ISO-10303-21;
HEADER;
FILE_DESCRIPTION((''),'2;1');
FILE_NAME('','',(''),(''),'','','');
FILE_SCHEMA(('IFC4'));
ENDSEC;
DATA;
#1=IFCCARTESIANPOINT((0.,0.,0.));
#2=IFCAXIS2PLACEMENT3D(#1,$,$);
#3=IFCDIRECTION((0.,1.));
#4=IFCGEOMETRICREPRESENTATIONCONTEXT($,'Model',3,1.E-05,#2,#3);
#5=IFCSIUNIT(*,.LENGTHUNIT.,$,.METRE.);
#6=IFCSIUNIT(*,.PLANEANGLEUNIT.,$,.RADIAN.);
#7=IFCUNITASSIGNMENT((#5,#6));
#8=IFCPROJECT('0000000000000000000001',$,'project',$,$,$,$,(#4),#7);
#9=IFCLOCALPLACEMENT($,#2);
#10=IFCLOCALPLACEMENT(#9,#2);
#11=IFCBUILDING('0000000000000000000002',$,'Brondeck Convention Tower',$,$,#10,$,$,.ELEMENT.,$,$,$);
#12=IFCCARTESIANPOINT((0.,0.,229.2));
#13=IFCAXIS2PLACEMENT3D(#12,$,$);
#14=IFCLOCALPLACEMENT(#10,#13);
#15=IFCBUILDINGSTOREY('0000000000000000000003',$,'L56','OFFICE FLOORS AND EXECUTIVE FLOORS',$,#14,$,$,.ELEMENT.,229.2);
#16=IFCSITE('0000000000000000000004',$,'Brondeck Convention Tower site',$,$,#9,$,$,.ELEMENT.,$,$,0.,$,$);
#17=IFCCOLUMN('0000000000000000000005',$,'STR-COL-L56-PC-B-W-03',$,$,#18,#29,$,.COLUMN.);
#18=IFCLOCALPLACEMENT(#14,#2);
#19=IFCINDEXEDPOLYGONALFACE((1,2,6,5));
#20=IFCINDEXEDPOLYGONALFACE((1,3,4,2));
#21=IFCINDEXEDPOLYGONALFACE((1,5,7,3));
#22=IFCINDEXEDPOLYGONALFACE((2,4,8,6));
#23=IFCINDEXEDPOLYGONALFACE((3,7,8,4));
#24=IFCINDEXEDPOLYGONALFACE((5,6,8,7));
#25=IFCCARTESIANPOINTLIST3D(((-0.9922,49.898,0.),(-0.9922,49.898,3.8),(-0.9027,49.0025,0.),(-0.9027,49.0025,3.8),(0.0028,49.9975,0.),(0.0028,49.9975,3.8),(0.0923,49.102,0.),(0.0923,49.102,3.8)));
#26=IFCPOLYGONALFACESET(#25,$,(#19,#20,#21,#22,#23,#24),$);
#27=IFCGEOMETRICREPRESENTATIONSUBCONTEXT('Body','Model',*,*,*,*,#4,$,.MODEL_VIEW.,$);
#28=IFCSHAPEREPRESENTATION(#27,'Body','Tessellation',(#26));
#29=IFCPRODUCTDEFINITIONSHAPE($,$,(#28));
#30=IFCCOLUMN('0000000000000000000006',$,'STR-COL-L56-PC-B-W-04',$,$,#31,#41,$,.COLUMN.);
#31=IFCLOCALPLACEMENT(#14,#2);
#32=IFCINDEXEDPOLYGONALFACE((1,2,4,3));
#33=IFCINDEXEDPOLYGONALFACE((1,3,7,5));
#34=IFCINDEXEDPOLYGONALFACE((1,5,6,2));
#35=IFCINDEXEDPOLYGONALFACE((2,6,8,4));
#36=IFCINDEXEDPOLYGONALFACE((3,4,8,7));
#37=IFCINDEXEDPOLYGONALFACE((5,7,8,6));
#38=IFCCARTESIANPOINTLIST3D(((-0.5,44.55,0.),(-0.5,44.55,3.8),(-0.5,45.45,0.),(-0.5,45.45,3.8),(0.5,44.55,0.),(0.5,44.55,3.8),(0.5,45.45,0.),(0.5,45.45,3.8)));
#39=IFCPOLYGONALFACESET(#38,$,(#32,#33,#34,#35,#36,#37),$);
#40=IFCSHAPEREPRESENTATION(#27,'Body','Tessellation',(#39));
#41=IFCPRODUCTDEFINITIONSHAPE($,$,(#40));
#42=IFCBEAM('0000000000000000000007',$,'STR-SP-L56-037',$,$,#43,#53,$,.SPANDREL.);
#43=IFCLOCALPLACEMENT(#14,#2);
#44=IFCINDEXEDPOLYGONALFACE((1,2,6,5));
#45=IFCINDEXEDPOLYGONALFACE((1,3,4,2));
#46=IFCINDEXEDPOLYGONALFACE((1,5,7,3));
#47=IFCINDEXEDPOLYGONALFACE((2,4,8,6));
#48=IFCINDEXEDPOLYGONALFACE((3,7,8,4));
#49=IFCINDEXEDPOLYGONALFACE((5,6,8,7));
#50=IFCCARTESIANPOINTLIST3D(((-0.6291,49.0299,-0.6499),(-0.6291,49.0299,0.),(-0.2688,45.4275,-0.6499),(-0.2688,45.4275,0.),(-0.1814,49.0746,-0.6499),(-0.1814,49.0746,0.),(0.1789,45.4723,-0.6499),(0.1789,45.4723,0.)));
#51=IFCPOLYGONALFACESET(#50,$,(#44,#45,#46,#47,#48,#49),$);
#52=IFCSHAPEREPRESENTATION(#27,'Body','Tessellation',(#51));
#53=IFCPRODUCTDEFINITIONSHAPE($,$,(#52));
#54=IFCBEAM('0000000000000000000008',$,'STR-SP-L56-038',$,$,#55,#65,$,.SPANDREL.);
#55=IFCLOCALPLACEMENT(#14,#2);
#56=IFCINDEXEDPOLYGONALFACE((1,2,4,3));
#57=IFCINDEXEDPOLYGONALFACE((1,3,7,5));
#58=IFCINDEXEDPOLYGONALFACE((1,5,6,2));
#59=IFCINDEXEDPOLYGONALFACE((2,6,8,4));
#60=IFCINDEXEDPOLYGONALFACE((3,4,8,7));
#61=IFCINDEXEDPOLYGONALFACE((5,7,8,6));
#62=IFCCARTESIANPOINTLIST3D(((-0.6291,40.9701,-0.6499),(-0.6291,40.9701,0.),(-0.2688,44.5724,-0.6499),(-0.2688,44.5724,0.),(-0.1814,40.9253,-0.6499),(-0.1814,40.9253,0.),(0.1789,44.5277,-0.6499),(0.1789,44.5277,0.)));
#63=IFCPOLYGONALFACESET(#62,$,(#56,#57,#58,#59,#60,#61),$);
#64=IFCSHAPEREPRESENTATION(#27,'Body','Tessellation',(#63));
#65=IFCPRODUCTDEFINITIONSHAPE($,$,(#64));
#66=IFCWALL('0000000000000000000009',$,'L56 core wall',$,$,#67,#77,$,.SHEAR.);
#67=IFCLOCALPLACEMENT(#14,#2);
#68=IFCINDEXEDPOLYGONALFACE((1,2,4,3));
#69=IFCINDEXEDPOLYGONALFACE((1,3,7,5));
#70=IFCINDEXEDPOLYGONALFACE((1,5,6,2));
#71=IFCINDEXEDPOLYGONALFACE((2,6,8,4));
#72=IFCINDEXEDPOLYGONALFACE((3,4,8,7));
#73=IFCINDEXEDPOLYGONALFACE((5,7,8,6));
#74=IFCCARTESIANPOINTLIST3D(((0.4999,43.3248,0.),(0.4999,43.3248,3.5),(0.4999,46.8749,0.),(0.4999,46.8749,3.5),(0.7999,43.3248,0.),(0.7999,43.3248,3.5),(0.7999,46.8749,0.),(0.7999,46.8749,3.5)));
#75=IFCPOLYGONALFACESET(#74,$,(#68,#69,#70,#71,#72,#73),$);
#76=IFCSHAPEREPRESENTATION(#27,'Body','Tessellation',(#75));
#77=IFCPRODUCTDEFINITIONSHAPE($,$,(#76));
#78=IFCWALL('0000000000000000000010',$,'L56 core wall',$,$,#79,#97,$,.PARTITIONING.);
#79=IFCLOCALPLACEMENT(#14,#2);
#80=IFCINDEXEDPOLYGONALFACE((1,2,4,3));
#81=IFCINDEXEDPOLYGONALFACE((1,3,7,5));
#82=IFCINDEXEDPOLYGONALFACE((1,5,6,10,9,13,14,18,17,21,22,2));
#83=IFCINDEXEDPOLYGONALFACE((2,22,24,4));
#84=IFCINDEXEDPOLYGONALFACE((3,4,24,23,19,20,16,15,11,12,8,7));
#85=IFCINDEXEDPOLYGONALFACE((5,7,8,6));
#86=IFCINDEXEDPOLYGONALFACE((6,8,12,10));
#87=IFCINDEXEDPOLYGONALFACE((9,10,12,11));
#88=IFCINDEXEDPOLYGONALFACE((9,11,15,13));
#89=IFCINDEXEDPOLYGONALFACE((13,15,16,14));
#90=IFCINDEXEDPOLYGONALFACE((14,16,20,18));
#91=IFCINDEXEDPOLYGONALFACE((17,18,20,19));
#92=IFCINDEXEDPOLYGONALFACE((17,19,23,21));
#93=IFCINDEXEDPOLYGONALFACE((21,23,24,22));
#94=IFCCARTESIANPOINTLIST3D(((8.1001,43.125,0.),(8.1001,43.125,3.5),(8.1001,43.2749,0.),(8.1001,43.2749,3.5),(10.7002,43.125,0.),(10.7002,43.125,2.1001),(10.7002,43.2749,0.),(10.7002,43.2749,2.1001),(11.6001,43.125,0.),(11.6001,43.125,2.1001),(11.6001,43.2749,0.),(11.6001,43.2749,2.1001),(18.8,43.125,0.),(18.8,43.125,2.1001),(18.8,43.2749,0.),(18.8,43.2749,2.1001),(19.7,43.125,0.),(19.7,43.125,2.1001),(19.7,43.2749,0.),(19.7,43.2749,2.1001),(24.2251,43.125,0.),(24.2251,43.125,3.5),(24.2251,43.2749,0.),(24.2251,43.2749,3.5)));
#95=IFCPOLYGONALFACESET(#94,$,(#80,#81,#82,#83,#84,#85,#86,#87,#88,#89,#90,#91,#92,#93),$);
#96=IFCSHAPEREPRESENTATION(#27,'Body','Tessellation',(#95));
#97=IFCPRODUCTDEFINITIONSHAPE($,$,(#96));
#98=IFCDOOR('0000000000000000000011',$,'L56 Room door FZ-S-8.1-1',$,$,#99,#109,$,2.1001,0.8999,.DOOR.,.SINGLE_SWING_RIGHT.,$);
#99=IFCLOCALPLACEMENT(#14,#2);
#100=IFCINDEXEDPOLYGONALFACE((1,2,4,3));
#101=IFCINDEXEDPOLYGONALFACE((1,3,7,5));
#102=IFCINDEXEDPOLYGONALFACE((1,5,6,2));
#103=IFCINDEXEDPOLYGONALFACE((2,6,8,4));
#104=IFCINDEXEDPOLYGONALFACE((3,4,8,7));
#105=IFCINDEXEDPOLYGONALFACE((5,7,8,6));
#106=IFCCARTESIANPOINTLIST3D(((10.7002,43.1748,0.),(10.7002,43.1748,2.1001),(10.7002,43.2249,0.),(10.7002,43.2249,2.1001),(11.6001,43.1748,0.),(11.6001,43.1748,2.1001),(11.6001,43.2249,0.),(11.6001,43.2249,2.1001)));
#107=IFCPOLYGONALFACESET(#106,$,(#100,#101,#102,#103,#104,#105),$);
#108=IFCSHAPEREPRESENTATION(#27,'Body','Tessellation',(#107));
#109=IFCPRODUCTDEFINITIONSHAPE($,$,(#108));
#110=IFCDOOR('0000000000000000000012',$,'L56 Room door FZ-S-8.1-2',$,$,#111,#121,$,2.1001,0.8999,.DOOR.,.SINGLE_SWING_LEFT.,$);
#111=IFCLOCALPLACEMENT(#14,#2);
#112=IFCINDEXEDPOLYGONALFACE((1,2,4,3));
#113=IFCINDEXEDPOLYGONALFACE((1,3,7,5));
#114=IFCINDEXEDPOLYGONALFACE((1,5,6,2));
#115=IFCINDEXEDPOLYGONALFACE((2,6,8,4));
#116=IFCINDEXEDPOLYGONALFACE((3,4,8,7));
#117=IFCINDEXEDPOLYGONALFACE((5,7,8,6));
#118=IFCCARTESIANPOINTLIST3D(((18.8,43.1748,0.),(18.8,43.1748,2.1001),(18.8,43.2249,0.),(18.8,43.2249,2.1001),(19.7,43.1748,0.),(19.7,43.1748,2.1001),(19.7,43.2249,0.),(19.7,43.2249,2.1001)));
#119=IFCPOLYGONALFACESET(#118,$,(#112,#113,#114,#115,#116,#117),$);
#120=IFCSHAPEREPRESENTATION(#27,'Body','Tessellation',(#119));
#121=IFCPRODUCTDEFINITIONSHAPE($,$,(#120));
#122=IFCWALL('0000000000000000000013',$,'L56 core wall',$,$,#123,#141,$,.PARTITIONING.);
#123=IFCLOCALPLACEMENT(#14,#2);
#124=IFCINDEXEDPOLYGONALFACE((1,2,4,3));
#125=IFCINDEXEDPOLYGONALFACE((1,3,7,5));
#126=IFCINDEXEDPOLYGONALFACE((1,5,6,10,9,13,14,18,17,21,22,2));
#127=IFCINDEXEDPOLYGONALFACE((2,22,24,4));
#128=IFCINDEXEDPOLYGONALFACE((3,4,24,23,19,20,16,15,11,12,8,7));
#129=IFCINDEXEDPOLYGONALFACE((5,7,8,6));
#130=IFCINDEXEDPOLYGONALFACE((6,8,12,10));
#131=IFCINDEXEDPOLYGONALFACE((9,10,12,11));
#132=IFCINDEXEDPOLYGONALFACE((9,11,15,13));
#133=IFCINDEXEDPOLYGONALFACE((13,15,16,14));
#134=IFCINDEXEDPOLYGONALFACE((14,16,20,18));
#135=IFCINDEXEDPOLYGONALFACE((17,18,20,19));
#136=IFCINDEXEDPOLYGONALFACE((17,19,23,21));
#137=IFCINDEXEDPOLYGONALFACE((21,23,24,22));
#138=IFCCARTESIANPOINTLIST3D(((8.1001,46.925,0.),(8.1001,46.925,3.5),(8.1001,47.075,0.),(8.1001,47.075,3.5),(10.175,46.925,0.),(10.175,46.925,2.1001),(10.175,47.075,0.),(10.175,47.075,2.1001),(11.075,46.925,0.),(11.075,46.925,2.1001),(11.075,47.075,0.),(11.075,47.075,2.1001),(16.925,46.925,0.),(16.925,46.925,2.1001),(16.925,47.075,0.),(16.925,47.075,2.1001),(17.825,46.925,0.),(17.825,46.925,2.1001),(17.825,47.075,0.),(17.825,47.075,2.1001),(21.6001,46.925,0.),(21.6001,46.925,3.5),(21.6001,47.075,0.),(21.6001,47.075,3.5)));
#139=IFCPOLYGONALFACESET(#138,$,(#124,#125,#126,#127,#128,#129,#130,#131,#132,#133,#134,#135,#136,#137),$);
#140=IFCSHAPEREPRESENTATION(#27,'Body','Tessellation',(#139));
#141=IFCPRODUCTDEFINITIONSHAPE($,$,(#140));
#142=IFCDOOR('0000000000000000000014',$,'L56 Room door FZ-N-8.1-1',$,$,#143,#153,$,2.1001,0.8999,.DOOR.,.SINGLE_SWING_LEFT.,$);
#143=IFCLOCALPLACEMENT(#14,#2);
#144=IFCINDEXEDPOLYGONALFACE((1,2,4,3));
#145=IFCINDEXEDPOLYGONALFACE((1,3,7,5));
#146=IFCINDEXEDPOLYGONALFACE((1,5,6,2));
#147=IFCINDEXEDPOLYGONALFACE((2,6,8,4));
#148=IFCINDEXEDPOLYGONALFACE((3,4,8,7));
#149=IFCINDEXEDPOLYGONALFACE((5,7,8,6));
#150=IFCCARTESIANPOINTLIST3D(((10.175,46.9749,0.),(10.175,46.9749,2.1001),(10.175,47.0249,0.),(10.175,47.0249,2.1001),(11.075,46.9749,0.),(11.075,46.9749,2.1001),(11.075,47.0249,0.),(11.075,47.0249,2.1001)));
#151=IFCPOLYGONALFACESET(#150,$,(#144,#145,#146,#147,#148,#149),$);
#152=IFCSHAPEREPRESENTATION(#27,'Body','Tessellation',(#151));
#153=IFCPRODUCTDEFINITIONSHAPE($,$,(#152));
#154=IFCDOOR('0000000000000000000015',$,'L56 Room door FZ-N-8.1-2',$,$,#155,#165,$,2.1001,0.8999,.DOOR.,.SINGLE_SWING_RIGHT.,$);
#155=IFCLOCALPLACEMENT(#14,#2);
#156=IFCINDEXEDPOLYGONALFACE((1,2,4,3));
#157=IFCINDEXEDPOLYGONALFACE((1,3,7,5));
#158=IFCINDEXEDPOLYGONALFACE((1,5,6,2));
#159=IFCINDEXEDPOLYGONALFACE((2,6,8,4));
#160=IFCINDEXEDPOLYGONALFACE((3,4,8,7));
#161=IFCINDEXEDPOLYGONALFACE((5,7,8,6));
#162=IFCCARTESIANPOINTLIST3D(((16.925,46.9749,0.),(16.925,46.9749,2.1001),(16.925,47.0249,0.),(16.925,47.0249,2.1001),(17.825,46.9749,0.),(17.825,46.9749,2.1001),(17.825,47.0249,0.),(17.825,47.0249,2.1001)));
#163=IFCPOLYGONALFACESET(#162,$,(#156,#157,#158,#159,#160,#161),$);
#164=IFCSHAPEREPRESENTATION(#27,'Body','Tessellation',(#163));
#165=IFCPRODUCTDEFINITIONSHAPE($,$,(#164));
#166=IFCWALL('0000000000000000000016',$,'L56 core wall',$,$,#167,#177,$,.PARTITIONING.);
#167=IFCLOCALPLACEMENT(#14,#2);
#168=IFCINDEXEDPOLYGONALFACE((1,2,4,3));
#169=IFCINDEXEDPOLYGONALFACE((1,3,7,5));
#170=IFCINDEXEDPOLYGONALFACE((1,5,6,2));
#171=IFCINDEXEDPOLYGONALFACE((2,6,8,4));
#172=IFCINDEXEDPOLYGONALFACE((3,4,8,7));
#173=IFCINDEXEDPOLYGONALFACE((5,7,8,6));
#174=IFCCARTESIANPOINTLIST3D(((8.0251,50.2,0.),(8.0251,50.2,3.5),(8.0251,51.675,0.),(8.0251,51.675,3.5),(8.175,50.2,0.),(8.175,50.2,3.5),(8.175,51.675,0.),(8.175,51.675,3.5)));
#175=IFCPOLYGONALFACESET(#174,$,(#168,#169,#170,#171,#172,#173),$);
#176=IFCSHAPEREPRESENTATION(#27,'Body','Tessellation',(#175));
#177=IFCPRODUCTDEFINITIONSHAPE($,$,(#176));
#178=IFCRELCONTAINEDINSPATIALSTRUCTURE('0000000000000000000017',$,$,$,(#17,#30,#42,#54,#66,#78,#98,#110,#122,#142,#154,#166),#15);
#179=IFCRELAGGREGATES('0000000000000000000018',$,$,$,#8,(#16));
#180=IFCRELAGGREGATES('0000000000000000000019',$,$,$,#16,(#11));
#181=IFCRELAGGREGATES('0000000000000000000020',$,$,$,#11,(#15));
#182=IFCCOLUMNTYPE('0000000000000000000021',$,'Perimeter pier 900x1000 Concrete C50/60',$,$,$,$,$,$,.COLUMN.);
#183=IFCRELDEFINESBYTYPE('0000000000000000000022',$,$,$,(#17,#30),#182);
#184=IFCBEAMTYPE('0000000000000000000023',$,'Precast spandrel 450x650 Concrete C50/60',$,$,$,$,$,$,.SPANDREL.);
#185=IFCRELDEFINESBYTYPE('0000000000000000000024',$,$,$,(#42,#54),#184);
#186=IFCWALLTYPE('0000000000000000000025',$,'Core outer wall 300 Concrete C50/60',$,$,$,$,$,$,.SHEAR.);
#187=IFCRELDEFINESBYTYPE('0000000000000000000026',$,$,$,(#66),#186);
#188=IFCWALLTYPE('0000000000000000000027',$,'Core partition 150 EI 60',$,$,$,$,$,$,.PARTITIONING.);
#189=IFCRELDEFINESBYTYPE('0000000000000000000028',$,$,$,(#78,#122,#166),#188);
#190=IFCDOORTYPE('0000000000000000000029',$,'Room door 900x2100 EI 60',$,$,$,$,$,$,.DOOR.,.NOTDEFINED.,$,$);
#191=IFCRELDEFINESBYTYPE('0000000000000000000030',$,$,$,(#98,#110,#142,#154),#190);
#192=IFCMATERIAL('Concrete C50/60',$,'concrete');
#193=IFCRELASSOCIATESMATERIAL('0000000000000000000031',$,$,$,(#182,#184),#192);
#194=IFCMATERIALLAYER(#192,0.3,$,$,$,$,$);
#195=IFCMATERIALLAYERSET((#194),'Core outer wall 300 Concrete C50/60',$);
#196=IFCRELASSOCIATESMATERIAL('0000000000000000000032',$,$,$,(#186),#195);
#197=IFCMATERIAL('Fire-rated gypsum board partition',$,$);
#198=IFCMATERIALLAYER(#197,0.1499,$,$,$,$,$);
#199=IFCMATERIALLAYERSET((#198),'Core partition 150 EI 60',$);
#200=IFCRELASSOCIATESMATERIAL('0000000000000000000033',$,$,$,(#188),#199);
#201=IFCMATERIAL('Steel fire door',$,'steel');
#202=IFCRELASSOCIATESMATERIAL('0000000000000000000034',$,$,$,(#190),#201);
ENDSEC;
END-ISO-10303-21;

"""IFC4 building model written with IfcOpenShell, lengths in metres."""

from ifc_helpers import new_model, si_unit, direction, frame, frame_2d, origin, origin_2d, place, context, subcontext, project, spatial, rectangle, extrude, material, layer, layer_set, material_profile, profile_set, type_object, element, fill, save


model = new_model("IFC4")

# Units and contexts
model_context = context("Model", 3, precision=1e-05, world=origin(), true_north=direction((0.0, 1.0)))
body_context = subcontext(model_context, "Body", "Model", "MODEL_VIEW")
ifc_project = project(units=[si_unit("LENGTHUNIT", "METRE"), si_unit("PLANEANGLEUNIT", "RADIAN")], contexts=[model_context])

# Site, building, storey
site_placement = place(None, origin())
site = spatial("IfcSite", under=ifc_project, at=site_placement, Name="Brondeck Convention Tower site", CompositionType="ELEMENT", RefElevation=0.0)
building_placement = place(site_placement, origin())
building = spatial("IfcBuilding", under=site, at=building_placement, Name="Brondeck Convention Tower", CompositionType="ELEMENT")
storey_placement = place(building_placement, frame((0.0, 0.0, 229.2)))
storey = spatial("IfcBuildingStorey", under=building, at=storey_placement, Name="L56", Description="OFFICE FLOORS AND EXECUTIVE FLOORS", CompositionType="ELEMENT", Elevation=229.2)

# Columns
ifc_material_1 = material(Name="Concrete C50/60", Category="concrete")
ifc_material_profile_1 = material_profile(ifc_material_1, rectangle(XDim=0.8999, YDim=1.0, at=origin_2d()), Name="Perimeter pier 900x1000 Concrete C50/60")
ifc_profile_set_1 = profile_set([ifc_material_profile_1], Name="Concrete C50/60")
column_type = type_object("IfcColumnType", Name="Perimeter pier 900x1000 Concrete C50/60", PredefinedType="COLUMN", material=ifc_profile_set_1)
for number, where, z_axis, x_axis, name in (
    (1, (-0.45, 49.5, 0.0), (0.0, 0.0, 1.0), (0.099504, -0.995037, 0.0), "STR-COL-L56-PC-B-W-03"),
    (2, (0.0, 45.0, 0.0), (0.0, 0.0, 1.0), (0.0, -1.0, 0.0), "STR-COL-L56-PC-B-W-04"),
):
    element("IfcColumn", number, at=place(storey_placement, frame(where, z_axis=z_axis, x_axis=x_axis)), inside=storey, type_object=column_type, Name=name, PredefinedType="COLUMN", context=body_context, shape_type="SweptSolid", body=[
        extrude(rectangle(XDim=0.8999, YDim=1.0, at=origin_2d()), origin(), (0.0, 0.0, 1.0), 3.8),
    ])

# Beams
ifc_material_profile_2 = material_profile(ifc_material_1, rectangle(XDim=0.45, YDim=0.6499, at=origin_2d()), Name="Precast spandrel 450x650 Concrete C50/60")
ifc_profile_set_2 = profile_set([ifc_material_profile_2], Name="Concrete C50/60")
beam_type = type_object("IfcBeamType", Name="Precast spandrel 450x650 Concrete C50/60", PredefinedType="SPANDREL", material=ifc_profile_set_2)
for number, where, z_axis, x_axis, name in (
    (3, (-0.4053, 49.0522, -0.325), (0.099537, -0.995034, 0.0), (0.995034, 0.099537, 0.0), "STR-SP-L56-037"),
    (4, (-0.0449, 44.55, -0.325), (-0.099537, -0.995034, 0.0), (0.995034, -0.099537, 0.0), "STR-SP-L56-038"),
):
    element("IfcBeam", number, at=place(storey_placement, frame(where, z_axis=z_axis, x_axis=x_axis)), inside=storey, type_object=beam_type, Name=name, PredefinedType="SPANDREL", context=body_context, shape_type="SweptSolid", body=[
        extrude(rectangle(XDim=0.45, YDim=0.6499, at=origin_2d()), origin(), (0.0, 0.0, 1.0), 3.6204),
    ])

# Wall
ifc_layer_1 = layer(ifc_material_1, 0.3)
ifc_layer_set_1 = layer_set([ifc_layer_1], Name="Core outer wall 300 Concrete C50/60")
wall_type_1 = type_object("IfcWallType", Name="Core outer wall 300 Concrete C50/60", PredefinedType="SHEAR", material=ifc_layer_set_1)
wall_1_placement = place(storey_placement, frame((0.6499, 43.325, 0.0), z_axis=(0.0, 0.0, 1.0), x_axis=(0.0, 1.0, 0.0)))
element("IfcWall", 5, at=wall_1_placement, inside=storey, type_object=wall_type_1, Name="L56 core wall", PredefinedType="SHEAR", context=body_context, shape_type="SweptSolid", body=[
    extrude(rectangle(XDim=3.55, YDim=0.3, at=frame_2d((1.7749, 0.0))), origin(), (0.0, 0.0, 1.0), 3.5),
])

# Walls, openings, doors
ifc_material_2 = material(Name="Fire-rated gypsum board partition")
ifc_layer_2 = layer(ifc_material_2, 0.1499)
ifc_layer_set_2 = layer_set([ifc_layer_2], Name="Core partition 150 EI 60")
wall_type_2 = type_object("IfcWallType", Name="Core partition 150 EI 60", PredefinedType="PARTITIONING", material=ifc_layer_set_2)
wall_2_placement = place(storey_placement, frame((8.1001, 43.2, 0.0), z_axis=(0.0, 0.0, 1.0), x_axis=(1.0, 0.0, 0.0)))
wall_2 = element("IfcWall", 6, at=wall_2_placement, inside=storey, type_object=wall_type_2, Name="L56 core wall", PredefinedType="PARTITIONING", context=body_context, shape_type="SweptSolid", body=[
    extrude(rectangle(XDim=16.125, YDim=0.1499, at=frame_2d((8.0625, 0.0))), origin(), (0.0, 0.0, 1.0), 3.5),
])
opening_1_placement = place(wall_2_placement, frame((2.6001, 0.0, 0.0)))
opening_1 = element("IfcOpeningElement", 7, at=opening_1_placement, cuts=wall_2, PredefinedType="OPENING", context=body_context, shape_type="SweptSolid", body=[
    extrude(rectangle(XDim=0.8999, YDim=2.1001, at=frame_2d((0.45, 1.05))), frame((0.0, 0.085, 0.0), z_axis=(0.0, -1.0, 0.0), x_axis=(1.0, 0.0, 0.0)), (0.0, 0.0, 1.0), 0.1699),
])
opening_2_placement = place(wall_2_placement, frame((10.7, 0.0, 0.0)))
opening_2 = element("IfcOpeningElement", 8, at=opening_2_placement, cuts=wall_2, PredefinedType="OPENING", context=body_context, shape_type="SweptSolid", body=[
    extrude(rectangle(XDim=0.8999, YDim=2.1001, at=frame_2d((0.45, 1.05))), frame((0.0, 0.085, 0.0), z_axis=(0.0, -1.0, 0.0), x_axis=(1.0, 0.0, 0.0)), (0.0, 0.0, 1.0), 0.1699),
])
ifc_material_3 = material(Name="Steel fire door", Category="steel")
door_type_1 = type_object("IfcDoorType", Name="Room door 900x2100 EI 60", OperationType="NOTDEFINED", PredefinedType="DOOR", material=ifc_material_3)
door_1_placement = place(opening_1_placement, origin())
door_1 = element("IfcDoor", 9, at=door_1_placement, inside=storey, type_object=door_type_1, Name="L56 Room door FZ-S-8.1-1", OperationType="SINGLE_SWING_RIGHT", OverallHeight=2.1001, OverallWidth=0.8999, PredefinedType="DOOR", context=body_context, shape_type="SweptSolid", body=[
    extrude(rectangle(XDim=0.8999, YDim=2.1001, at=frame_2d((0.45, 1.05))), frame((0.0, 0.0249, 0.0), z_axis=(0.0, -1.0, 0.0), x_axis=(1.0, 0.0, 0.0)), (0.0, 0.0, 1.0), 0.05),
])
fill(opening_1, door_1)
door_2_placement = place(opening_2_placement, origin())
door_2 = element("IfcDoor", 10, at=door_2_placement, inside=storey, type_object=door_type_1, Name="L56 Room door FZ-S-8.1-2", OperationType="SINGLE_SWING_LEFT", OverallHeight=2.1001, OverallWidth=0.8999, PredefinedType="DOOR", context=body_context, shape_type="SweptSolid", body=[
    extrude(rectangle(XDim=0.8999, YDim=2.1001, at=frame_2d((0.45, 1.05))), frame((0.0, 0.0249, 0.0), z_axis=(0.0, -1.0, 0.0), x_axis=(1.0, 0.0, 0.0)), (0.0, 0.0, 1.0), 0.05),
])
fill(opening_2, door_2)
wall_3_placement = place(storey_placement, frame((8.1001, 47.0, 0.0), z_axis=(0.0, 0.0, 1.0), x_axis=(1.0, 0.0, 0.0)))
wall_3 = element("IfcWall", 11, at=wall_3_placement, inside=storey, type_object=wall_type_2, Name="L56 core wall", PredefinedType="PARTITIONING", context=body_context, shape_type="SweptSolid", body=[
    extrude(rectangle(XDim=13.5, YDim=0.1499, at=frame_2d((6.75, 0.0))), origin(), (0.0, 0.0, 1.0), 3.5),
])
opening_3_placement = place(wall_3_placement, frame((2.075, 0.0, 0.0)))
opening_3 = element("IfcOpeningElement", 12, at=opening_3_placement, cuts=wall_3, PredefinedType="OPENING", context=body_context, shape_type="SweptSolid", body=[
    extrude(rectangle(XDim=0.8999, YDim=2.1001, at=frame_2d((0.45, 1.05))), frame((0.0, 0.085, 0.0), z_axis=(0.0, -1.0, 0.0), x_axis=(1.0, 0.0, 0.0)), (0.0, 0.0, 1.0), 0.1699),
])
opening_4_placement = place(wall_3_placement, frame((8.825, 0.0, 0.0)))
opening_4 = element("IfcOpeningElement", 13, at=opening_4_placement, cuts=wall_3, PredefinedType="OPENING", context=body_context, shape_type="SweptSolid", body=[
    extrude(rectangle(XDim=0.8999, YDim=2.1001, at=frame_2d((0.45, 1.05))), frame((0.0, 0.085, 0.0), z_axis=(0.0, -1.0, 0.0), x_axis=(1.0, 0.0, 0.0)), (0.0, 0.0, 1.0), 0.1699),
])
door_3_placement = place(opening_3_placement, origin())
door_3 = element("IfcDoor", 14, at=door_3_placement, inside=storey, type_object=door_type_1, Name="L56 Room door FZ-N-8.1-1", OperationType="SINGLE_SWING_LEFT", OverallHeight=2.1001, OverallWidth=0.8999, PredefinedType="DOOR", context=body_context, shape_type="SweptSolid", body=[
    extrude(rectangle(XDim=0.8999, YDim=2.1001, at=frame_2d((0.45, 1.05))), frame((0.0, 0.0249, 0.0), z_axis=(0.0, -1.0, 0.0), x_axis=(1.0, 0.0, 0.0)), (0.0, 0.0, 1.0), 0.05),
])
fill(opening_3, door_3)
door_4_placement = place(opening_4_placement, origin())
door_4 = element("IfcDoor", 15, at=door_4_placement, inside=storey, type_object=door_type_1, Name="L56 Room door FZ-N-8.1-2", OperationType="SINGLE_SWING_RIGHT", OverallHeight=2.1001, OverallWidth=0.8999, PredefinedType="DOOR", context=body_context, shape_type="SweptSolid", body=[
    extrude(rectangle(XDim=0.8999, YDim=2.1001, at=frame_2d((0.45, 1.05))), frame((0.0, 0.0249, 0.0), z_axis=(0.0, -1.0, 0.0), x_axis=(1.0, 0.0, 0.0)), (0.0, 0.0, 1.0), 0.05),
])
fill(opening_4, door_4)

# Wall
wall_4_placement = place(storey_placement, frame((8.1001, 50.2, 0.0), z_axis=(0.0, 0.0, 1.0), x_axis=(0.0, 1.0, 0.0)))
element("IfcWall", 16, at=wall_4_placement, inside=storey, type_object=wall_type_2, Name="L56 core wall", PredefinedType="PARTITIONING", context=body_context, shape_type="SweptSolid", body=[
    extrude(rectangle(XDim=1.4751, YDim=0.1499, at=frame_2d((0.7375, 0.0))), origin(), (0.0, 0.0, 1.0), 3.5),
])

save(model, "model.ifc")
